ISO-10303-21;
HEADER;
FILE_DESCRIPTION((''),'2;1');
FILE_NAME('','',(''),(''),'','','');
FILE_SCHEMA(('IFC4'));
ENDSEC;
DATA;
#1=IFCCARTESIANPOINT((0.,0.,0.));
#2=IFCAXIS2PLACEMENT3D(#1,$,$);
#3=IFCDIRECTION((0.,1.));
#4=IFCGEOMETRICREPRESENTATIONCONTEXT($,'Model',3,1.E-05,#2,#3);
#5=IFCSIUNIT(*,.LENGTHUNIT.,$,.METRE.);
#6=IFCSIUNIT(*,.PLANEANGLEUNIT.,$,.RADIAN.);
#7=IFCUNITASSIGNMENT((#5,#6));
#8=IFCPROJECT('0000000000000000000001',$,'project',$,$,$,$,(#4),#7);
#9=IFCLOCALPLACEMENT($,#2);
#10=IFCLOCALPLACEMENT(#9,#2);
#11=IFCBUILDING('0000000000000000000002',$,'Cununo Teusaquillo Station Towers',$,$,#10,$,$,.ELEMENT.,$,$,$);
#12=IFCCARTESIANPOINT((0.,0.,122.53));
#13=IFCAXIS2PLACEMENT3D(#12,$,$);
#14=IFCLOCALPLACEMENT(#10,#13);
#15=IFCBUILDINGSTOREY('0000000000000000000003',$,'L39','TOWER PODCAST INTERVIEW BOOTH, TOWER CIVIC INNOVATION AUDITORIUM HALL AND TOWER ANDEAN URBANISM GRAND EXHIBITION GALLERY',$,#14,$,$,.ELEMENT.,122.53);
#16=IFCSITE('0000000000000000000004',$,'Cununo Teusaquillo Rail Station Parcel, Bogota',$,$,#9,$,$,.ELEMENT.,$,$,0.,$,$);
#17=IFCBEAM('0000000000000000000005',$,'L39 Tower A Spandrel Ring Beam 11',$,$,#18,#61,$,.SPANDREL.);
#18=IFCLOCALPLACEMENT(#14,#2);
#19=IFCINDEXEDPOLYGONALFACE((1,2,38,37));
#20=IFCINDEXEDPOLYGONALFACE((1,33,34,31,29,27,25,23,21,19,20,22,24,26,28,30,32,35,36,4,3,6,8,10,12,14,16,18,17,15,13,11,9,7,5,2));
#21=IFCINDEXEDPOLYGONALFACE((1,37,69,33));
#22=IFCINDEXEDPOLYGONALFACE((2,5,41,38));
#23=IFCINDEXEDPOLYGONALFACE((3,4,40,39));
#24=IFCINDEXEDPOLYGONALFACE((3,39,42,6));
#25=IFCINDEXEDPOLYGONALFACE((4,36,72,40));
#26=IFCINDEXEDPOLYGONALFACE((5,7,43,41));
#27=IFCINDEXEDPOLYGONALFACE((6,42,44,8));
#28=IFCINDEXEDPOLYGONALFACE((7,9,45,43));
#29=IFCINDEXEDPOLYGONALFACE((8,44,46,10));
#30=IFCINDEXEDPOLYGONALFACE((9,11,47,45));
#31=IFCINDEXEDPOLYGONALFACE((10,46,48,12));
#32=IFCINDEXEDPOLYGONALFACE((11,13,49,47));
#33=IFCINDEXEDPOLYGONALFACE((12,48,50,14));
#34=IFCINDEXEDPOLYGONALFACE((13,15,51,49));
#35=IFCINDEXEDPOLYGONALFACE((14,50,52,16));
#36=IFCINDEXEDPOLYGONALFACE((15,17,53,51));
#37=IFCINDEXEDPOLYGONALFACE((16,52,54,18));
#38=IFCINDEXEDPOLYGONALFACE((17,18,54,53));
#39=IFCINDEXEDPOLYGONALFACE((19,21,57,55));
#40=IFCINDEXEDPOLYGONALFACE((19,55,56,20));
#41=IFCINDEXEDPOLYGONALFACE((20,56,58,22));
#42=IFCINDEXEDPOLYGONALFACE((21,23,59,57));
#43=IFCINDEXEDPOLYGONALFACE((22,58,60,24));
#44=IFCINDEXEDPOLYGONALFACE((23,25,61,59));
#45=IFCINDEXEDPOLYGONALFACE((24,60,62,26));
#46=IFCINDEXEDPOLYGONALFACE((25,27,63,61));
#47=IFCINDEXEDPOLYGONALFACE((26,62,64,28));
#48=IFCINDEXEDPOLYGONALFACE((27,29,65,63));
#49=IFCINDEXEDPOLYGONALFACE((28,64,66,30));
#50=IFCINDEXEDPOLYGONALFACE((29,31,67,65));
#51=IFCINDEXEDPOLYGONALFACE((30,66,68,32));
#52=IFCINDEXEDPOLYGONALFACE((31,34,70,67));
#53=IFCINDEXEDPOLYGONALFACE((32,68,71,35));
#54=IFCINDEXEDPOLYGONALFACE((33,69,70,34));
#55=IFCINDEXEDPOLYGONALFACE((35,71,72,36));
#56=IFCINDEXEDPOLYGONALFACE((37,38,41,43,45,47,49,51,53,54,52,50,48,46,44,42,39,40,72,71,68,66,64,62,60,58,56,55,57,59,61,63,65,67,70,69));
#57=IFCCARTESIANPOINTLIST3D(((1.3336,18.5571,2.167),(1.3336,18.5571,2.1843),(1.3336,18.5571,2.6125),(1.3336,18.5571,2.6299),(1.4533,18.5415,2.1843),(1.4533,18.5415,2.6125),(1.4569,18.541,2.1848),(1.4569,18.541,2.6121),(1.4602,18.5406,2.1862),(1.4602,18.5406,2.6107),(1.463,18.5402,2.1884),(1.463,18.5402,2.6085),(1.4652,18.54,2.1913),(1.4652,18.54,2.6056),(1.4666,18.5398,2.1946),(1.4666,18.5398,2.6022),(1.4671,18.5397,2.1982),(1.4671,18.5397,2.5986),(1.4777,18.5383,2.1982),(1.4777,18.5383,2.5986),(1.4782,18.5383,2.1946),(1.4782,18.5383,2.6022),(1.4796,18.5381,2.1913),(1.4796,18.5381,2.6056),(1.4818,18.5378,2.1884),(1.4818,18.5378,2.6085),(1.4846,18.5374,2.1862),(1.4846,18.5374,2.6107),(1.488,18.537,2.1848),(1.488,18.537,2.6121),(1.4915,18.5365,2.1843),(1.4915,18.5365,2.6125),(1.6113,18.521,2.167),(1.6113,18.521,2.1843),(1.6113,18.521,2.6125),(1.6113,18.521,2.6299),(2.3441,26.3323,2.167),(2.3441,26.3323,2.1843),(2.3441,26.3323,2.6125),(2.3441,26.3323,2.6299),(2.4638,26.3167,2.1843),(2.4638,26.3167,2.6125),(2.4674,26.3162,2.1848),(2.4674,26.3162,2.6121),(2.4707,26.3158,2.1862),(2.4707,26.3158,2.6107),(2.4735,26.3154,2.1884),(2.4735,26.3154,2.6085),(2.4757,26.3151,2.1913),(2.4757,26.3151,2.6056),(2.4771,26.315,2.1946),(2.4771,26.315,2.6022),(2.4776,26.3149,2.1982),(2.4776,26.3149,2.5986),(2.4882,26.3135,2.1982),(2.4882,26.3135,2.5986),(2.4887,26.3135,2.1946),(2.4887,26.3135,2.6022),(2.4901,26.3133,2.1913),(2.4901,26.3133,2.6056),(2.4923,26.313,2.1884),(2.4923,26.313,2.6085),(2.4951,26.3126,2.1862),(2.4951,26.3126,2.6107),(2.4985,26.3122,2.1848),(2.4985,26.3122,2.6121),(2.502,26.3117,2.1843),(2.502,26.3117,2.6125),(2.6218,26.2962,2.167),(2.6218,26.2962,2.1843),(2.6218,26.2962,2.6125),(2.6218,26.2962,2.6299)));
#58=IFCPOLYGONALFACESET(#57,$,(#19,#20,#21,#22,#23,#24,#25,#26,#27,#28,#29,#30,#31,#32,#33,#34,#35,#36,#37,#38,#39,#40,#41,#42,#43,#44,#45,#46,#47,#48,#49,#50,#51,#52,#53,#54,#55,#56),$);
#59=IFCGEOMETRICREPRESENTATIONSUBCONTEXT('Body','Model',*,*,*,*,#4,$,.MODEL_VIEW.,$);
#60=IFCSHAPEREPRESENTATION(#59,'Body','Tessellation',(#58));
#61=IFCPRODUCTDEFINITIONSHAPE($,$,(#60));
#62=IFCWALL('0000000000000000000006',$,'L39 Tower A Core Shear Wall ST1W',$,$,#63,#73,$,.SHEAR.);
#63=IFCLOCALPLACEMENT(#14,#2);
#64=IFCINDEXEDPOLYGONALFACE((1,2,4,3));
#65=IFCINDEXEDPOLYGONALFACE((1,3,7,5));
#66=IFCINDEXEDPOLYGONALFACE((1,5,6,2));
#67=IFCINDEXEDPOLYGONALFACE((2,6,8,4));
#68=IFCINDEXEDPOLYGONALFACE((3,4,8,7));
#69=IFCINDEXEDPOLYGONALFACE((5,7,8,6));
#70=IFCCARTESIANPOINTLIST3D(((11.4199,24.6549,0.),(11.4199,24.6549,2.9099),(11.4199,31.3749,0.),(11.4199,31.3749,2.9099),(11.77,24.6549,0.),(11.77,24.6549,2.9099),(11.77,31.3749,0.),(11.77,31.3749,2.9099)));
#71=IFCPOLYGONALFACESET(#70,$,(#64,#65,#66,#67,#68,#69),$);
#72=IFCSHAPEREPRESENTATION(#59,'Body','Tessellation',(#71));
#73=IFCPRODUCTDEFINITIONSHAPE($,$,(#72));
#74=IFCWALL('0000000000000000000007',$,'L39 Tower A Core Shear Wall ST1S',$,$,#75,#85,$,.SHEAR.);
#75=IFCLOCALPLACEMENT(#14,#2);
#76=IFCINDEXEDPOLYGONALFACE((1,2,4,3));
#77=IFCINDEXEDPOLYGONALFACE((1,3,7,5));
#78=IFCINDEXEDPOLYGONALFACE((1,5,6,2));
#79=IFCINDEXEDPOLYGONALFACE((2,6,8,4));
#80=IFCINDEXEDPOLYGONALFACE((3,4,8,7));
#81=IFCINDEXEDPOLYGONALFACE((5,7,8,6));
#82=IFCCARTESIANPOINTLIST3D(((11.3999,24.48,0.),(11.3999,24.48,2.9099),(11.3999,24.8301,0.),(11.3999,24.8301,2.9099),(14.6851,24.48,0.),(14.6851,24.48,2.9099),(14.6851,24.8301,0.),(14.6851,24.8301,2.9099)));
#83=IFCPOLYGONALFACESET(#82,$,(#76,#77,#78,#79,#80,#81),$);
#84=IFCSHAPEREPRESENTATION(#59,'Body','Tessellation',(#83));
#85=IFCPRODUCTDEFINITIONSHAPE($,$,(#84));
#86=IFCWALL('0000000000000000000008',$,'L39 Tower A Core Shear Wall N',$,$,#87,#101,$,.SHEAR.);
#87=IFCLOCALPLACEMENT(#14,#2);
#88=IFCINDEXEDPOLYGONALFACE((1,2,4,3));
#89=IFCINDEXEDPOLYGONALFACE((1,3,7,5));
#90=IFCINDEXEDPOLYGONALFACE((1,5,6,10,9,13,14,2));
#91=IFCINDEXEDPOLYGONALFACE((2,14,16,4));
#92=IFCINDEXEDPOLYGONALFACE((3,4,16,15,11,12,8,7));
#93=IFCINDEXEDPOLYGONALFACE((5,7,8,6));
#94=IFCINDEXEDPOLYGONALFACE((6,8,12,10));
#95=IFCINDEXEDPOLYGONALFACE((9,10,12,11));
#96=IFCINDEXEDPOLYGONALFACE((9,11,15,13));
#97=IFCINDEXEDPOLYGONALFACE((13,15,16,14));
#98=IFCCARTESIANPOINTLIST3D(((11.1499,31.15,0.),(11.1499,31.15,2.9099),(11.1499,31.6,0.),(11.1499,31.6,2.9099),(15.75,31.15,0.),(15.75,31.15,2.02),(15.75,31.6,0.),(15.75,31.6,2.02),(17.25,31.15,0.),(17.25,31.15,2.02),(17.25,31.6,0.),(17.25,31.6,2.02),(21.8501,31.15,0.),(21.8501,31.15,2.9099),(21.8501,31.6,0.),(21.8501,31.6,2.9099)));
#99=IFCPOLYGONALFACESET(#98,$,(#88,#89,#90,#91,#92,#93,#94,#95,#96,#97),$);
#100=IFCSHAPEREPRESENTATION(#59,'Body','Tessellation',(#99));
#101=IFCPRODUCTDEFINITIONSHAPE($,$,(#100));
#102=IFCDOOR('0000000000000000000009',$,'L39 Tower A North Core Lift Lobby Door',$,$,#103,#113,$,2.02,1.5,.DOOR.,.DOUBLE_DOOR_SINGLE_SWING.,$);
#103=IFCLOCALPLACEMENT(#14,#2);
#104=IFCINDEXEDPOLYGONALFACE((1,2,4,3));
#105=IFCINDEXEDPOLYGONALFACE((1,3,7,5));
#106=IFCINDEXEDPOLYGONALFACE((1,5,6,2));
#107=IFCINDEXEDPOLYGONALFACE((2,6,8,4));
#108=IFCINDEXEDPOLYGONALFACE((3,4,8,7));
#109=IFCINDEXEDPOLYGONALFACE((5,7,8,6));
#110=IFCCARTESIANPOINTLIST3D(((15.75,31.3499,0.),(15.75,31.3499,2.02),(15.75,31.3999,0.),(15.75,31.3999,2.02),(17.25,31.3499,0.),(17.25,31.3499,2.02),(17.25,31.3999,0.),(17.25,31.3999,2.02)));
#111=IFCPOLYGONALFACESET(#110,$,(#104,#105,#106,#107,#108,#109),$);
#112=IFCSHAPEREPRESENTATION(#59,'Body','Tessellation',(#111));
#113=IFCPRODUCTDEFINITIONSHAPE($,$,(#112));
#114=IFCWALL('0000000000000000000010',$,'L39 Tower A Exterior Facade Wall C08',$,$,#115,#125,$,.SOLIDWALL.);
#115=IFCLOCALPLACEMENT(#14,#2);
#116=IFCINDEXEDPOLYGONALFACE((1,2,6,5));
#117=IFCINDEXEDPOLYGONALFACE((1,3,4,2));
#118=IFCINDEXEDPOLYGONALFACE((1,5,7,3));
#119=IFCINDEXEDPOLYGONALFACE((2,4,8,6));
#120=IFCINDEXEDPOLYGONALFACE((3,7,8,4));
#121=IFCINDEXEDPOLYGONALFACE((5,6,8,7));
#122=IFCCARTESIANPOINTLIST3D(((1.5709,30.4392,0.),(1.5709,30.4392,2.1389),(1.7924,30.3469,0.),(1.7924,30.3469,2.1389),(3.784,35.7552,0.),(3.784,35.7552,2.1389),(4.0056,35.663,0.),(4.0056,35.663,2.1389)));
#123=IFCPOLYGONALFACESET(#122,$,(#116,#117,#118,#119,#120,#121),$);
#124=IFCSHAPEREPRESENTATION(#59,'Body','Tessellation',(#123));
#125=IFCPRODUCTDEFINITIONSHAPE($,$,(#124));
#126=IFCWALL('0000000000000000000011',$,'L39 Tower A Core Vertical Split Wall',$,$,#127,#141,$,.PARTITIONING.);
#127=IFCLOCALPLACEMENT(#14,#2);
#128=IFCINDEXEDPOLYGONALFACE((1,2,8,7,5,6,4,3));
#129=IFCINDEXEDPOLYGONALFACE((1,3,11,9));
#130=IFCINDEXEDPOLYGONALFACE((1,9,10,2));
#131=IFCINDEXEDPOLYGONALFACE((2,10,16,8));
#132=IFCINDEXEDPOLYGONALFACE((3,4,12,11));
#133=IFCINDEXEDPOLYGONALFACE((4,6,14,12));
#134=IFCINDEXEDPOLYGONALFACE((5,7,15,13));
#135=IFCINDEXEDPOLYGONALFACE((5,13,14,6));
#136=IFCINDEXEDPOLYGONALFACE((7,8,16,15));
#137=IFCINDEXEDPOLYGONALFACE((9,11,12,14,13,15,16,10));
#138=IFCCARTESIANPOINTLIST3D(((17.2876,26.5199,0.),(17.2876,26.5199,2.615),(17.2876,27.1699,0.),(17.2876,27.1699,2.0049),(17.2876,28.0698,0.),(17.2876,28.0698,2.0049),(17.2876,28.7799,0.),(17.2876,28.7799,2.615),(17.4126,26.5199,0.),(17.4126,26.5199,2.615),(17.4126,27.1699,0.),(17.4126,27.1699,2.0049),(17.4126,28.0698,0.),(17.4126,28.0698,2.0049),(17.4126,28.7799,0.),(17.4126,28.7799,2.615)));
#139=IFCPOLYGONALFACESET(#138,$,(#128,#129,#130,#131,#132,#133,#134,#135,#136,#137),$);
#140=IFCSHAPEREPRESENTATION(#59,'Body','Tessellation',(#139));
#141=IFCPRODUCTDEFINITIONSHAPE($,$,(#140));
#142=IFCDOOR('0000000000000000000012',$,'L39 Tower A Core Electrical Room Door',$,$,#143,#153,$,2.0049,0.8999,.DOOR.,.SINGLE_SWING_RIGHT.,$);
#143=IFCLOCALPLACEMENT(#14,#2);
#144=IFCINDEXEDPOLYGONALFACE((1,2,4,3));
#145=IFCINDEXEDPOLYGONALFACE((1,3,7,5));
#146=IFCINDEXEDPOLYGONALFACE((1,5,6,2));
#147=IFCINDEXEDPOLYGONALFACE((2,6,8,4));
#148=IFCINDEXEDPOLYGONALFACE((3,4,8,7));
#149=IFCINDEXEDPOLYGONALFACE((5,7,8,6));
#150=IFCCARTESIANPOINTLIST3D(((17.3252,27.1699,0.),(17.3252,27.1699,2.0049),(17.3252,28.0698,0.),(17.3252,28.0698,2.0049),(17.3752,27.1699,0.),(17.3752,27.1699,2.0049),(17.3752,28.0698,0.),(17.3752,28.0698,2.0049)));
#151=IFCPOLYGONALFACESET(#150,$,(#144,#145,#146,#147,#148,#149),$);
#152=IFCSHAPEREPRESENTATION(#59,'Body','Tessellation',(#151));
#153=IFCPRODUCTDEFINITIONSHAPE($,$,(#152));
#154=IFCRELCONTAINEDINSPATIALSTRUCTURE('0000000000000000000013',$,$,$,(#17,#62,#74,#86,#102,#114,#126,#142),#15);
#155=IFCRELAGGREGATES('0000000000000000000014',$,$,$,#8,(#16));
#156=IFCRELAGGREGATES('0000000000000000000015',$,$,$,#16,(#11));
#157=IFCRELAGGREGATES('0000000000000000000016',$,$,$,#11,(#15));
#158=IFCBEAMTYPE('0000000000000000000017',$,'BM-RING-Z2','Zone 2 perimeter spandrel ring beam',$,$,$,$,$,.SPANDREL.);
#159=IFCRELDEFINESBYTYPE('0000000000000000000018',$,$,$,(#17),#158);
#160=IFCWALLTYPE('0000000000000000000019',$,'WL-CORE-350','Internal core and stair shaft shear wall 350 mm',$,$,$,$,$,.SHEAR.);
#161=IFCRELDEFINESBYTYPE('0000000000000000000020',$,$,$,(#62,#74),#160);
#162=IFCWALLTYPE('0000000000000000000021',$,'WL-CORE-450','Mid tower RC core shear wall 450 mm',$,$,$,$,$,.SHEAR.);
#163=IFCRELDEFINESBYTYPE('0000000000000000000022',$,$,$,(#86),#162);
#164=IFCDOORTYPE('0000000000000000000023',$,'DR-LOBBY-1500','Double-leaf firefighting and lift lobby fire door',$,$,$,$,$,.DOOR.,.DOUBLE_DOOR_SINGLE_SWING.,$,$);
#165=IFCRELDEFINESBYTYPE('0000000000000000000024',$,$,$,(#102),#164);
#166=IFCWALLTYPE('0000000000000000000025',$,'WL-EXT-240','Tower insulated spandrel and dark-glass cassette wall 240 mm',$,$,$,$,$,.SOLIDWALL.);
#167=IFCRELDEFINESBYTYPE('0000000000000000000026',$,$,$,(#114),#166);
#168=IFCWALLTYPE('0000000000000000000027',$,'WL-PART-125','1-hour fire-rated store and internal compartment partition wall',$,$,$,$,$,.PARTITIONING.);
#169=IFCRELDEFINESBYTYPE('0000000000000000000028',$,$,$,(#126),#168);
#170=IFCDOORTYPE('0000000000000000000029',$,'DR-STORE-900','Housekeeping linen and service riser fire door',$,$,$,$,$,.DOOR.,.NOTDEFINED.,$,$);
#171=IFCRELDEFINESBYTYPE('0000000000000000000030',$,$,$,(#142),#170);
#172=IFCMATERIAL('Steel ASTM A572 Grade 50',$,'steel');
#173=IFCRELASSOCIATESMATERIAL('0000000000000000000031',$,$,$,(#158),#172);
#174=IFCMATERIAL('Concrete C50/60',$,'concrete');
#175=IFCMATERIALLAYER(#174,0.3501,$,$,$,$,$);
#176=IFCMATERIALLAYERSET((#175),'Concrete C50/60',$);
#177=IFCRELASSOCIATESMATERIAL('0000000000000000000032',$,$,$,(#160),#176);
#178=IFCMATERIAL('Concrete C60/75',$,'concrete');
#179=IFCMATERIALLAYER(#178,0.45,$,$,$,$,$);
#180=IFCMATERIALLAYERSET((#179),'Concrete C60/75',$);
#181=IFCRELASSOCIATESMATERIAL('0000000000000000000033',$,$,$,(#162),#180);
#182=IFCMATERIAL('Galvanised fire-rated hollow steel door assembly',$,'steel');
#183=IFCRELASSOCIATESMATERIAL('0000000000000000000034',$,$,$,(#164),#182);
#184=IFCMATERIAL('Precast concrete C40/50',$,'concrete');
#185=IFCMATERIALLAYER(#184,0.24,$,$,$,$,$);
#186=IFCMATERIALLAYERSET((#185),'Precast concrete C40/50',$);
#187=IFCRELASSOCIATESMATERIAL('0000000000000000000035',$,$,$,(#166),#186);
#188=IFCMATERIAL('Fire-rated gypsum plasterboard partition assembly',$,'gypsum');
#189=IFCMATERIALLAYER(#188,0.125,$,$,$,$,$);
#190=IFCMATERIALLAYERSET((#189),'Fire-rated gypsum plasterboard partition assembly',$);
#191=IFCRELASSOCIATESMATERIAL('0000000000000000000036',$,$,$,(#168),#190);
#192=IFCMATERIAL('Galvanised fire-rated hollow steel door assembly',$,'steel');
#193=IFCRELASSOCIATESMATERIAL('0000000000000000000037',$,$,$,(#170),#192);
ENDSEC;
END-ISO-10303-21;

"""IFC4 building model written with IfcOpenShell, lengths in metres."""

from ifc_helpers import new_model, si_unit, direction, frame, frame_2d, origin, origin_2d, place, context, subcontext, project, spatial, rectangle, i_section, extrude, source, transform, mapped, material, layer, layer_set, material_profile, profile_set, type_object, element, fill, save


model = new_model("IFC4")

# Units and contexts
model_context = context("Model", 3, precision=1e-05, world=origin(), true_north=direction((0.0, 1.0)))
body_context = subcontext(model_context, "Body", "Model", "MODEL_VIEW")
ifc_project = project(units=[si_unit("LENGTHUNIT", "METRE"), si_unit("PLANEANGLEUNIT", "RADIAN")], contexts=[model_context])

# Site, building, storey
site_placement = place(None, origin())
site = spatial("IfcSite", under=ifc_project, at=site_placement, Name="Cununo Teusaquillo Rail Station Parcel, Bogota", CompositionType="ELEMENT", RefElevation=0.0)
building_placement = place(site_placement, origin())
building = spatial("IfcBuilding", under=site, at=building_placement, Name="Cununo Teusaquillo Station Towers", CompositionType="ELEMENT")
storey_placement = place(building_placement, frame((0.0, 0.0, 122.53)))
storey = spatial("IfcBuildingStorey", under=building, at=storey_placement, Name="L39", Description="TOWER PODCAST INTERVIEW BOOTH, TOWER CIVIC INNOVATION AUDITORIUM HALL AND TOWER ANDEAN URBANISM GRAND EXHIBITION GALLERY", CompositionType="ELEMENT", Elevation=122.53)

# Beam
ifc_material_1 = material(Name="Steel ASTM A572 Grade 50", Category="steel")
ifc_material_profile_1 = material_profile(ifc_material_1, i_section(OverallWidth=0.28, OverallDepth=0.4629, WebThickness=0.0107, FlangeThickness=0.0173, FilletRadius=0.0139, at=origin_2d()), Name="W18X76")
ifc_profile_set_1 = profile_set([ifc_material_profile_1], Name="Steel ASTM A572 Grade 50")
beam_type_1 = type_object("IfcBeamType", Name="BM-RING-Z2", Description="Zone 2 perimeter spandrel ring beam", PredefinedType="SPANDREL", material=ifc_profile_set_1)
beam_1_placement = place(storey_placement, frame((2.4829, 26.3142, 2.3984), z_axis=(-0.128881, -0.99166, 0.0), x_axis=(0.99166, -0.128881, 0.0)))
element("IfcBeam", 1, at=beam_1_placement, inside=storey, type_object=beam_type_1, Name="L39 Tower A Spandrel Ring Beam 11", PredefinedType="SPANDREL", context=body_context, shape_type="SweptSolid", body=[
    extrude(i_section(OverallWidth=0.28, OverallDepth=0.4629, WebThickness=0.0107, FlangeThickness=0.0173, FilletRadius=0.0139, at=origin_2d()), origin(), (0.0, 0.0, 1.0), 7.8406),
])

# Walls
ifc_material_2 = material(Name="Concrete C50/60", Category="concrete")
ifc_layer_1 = layer(ifc_material_2, 0.3501)
ifc_layer_set_1 = layer_set([ifc_layer_1], Name="Concrete C50/60")
wall_type_1 = type_object("IfcWallType", Name="WL-CORE-350", Description="Internal core and stair shaft shear wall 350 mm", PredefinedType="SHEAR", material=ifc_layer_set_1)
wall_1_placement = place(storey_placement, frame((11.595, 24.655, 0.0), z_axis=(0.0, 0.0, 1.0), x_axis=(0.0, 1.0, 0.0)))
element("IfcWall", 2, at=wall_1_placement, inside=storey, type_object=wall_type_1, Name="L39 Tower A Core Shear Wall ST1W", PredefinedType="SHEAR", context=body_context, shape_type="SweptSolid", body=[
    extrude(rectangle(XDim=6.72, YDim=0.3501, at=frame_2d((3.3599, 0.0))), origin(), (0.0, 0.0, 1.0), 2.9099),
])
wall_2_placement = place(storey_placement, frame((11.3999, 24.655, 0.0), z_axis=(0.0, 0.0, 1.0), x_axis=(1.0, 0.0, 0.0)))
element("IfcWall", 3, at=wall_2_placement, inside=storey, type_object=wall_type_1, Name="L39 Tower A Core Shear Wall ST1S", PredefinedType="SHEAR", context=body_context, shape_type="SweptSolid", body=[
    extrude(rectangle(XDim=3.2852, YDim=0.3501, at=frame_2d((1.6426, 0.0))), origin(), (0.0, 0.0, 1.0), 2.9099),
])

# Wall, opening, door
ifc_material_3 = material(Name="Concrete C60/75", Category="concrete")
ifc_layer_2 = layer(ifc_material_3, 0.45)
ifc_layer_set_2 = layer_set([ifc_layer_2], Name="Concrete C60/75")
wall_type_2 = type_object("IfcWallType", Name="WL-CORE-450", Description="Mid tower RC core shear wall 450 mm", PredefinedType="SHEAR", material=ifc_layer_set_2)
wall_3_placement = place(storey_placement, frame((11.1499, 31.375, 0.0), z_axis=(0.0, 0.0, 1.0), x_axis=(1.0, 0.0, 0.0)))
wall_3 = element("IfcWall", 4, at=wall_3_placement, inside=storey, type_object=wall_type_2, Name="L39 Tower A Core Shear Wall N", PredefinedType="SHEAR", context=body_context, shape_type="SweptSolid", body=[
    extrude(rectangle(XDim=10.7002, YDim=0.45, at=frame_2d((5.3501, 0.0))), origin(), (0.0, 0.0, 1.0), 2.9099),
])
shared_shape_1 = source(origin(), body_context, "Body", "SweptSolid", [
    extrude(rectangle(XDim=1.5, YDim=2.02, at=frame_2d((0.75, 1.01))), frame((0.0, 0.2349, 0.0), z_axis=(0.0, -1.0, 0.0), x_axis=(1.0, 0.0, 0.0)), (0.0, 0.0, 1.0), 0.47),
])
opening_1_placement = place(wall_3_placement, frame((4.6001, 0.0, 0.0)))
opening_1 = element("IfcOpeningElement", 5, at=opening_1_placement, cuts=wall_3, PredefinedType="OPENING", context=body_context, shape_type="MappedRepresentation", body=[
    mapped(shared_shape_1, transform((0.0, 0.0, 0.0), x_axis=(1.0, 0.0, 0.0), y_axis=(0.0, 1.0, 0.0), z_axis=(0.0, 0.0, 1.0), scale=1.0)),
])
ifc_material_4 = material(Name="Galvanised fire-rated hollow steel door assembly", Category="steel")
door_type_1 = type_object("IfcDoorType", Name="DR-LOBBY-1500", Description="Double-leaf firefighting and lift lobby fire door", OperationType="DOUBLE_DOOR_SINGLE_SWING", PredefinedType="DOOR", material=ifc_material_4)
shared_shape_2 = source(origin(), body_context, "Body", "SweptSolid", [
    extrude(rectangle(XDim=1.5, YDim=2.02, at=frame_2d((0.75, 1.01))), frame((0.0, 0.0249, 0.0), z_axis=(0.0, -1.0, 0.0), x_axis=(1.0, 0.0, 0.0)), (0.0, 0.0, 1.0), 0.05),
])
door_1_placement = place(opening_1_placement, origin())
door_1 = element("IfcDoor", 6, at=door_1_placement, inside=storey, type_object=door_type_1, Name="L39 Tower A North Core Lift Lobby Door", OperationType="DOUBLE_DOOR_SINGLE_SWING", OverallHeight=2.02, OverallWidth=1.5, PredefinedType="DOOR", context=body_context, shape_type="MappedRepresentation", body=[
    mapped(shared_shape_2, transform((0.0, 0.0, 0.0), x_axis=(1.0, 0.0, 0.0), y_axis=(0.0, 1.0, 0.0), z_axis=(0.0, 0.0, 1.0), scale=1.0)),
])
fill(opening_1, door_1)

# Wall
ifc_material_5 = material(Name="Precast concrete C40/50", Category="concrete")
ifc_layer_3 = layer(ifc_material_5, 0.24)
ifc_layer_set_3 = layer_set([ifc_layer_3], Name="Precast concrete C40/50")
wall_type_3 = type_object("IfcWallType", Name="WL-EXT-240", Description="Tower insulated spandrel and dark-glass cassette wall 240 mm", PredefinedType="SOLIDWALL", material=ifc_layer_set_3)
wall_4_placement = place(storey_placement, frame((1.6816, 30.3931, 0.0), z_axis=(0.0, 0.0, 1.0), x_axis=(0.384344, 0.92319, 0.0)))
element("IfcWall", 7, at=wall_4_placement, inside=storey, type_object=wall_type_3, Name="L39 Tower A Exterior Facade Wall C08", PredefinedType="SOLIDWALL", context=body_context, shape_type="SweptSolid", body=[
    extrude(rectangle(XDim=5.7583, YDim=0.24, at=frame_2d((2.8792, 0.0))), origin(), (0.0, 0.0, 1.0), 2.1389),
])

# Wall, opening, door
ifc_material_6 = material(Name="Fire-rated gypsum plasterboard partition assembly", Category="gypsum")
ifc_layer_4 = layer(ifc_material_6, 0.125)
ifc_layer_set_4 = layer_set([ifc_layer_4], Name="Fire-rated gypsum plasterboard partition assembly")
wall_type_4 = type_object("IfcWallType", Name="WL-PART-125", Description="1-hour fire-rated store and internal compartment partition wall", PredefinedType="PARTITIONING", material=ifc_layer_set_4)
wall_5_placement = place(storey_placement, frame((17.3501, 26.52, 0.0), z_axis=(0.0, 0.0, 1.0), x_axis=(0.0, 1.0, 0.0)))
wall_5 = element("IfcWall", 8, at=wall_5_placement, inside=storey, type_object=wall_type_4, Name="L39 Tower A Core Vertical Split Wall", PredefinedType="PARTITIONING", context=body_context, shape_type="SweptSolid", body=[
    extrude(rectangle(XDim=2.26, YDim=0.125, at=frame_2d((1.1299, 0.0))), origin(), (0.0, 0.0, 1.0), 2.615),
])
shared_shape_3 = source(origin(), body_context, "Body", "SweptSolid", [
    extrude(rectangle(XDim=0.8999, YDim=2.0049, at=frame_2d((0.45, 1.0024))), frame((0.0, 0.0725, 0.0), z_axis=(0.0, -1.0, 0.0), x_axis=(1.0, 0.0, 0.0)), (0.0, 0.0, 1.0), 0.145),
])
opening_2_placement = place(wall_5_placement, frame((0.6499, 0.0, 0.0)))
opening_2 = element("IfcOpeningElement", 9, at=opening_2_placement, cuts=wall_5, PredefinedType="OPENING", context=body_context, shape_type="MappedRepresentation", body=[
    mapped(shared_shape_3, transform((0.0, 0.0, 0.0), x_axis=(1.0, 0.0, 0.0), y_axis=(0.0, 1.0, 0.0), z_axis=(0.0, 0.0, 1.0), scale=1.0)),
])
ifc_material_7 = material(Name="Galvanised fire-rated hollow steel door assembly", Category="steel")
door_type_2 = type_object("IfcDoorType", Name="DR-STORE-900", Description="Housekeeping linen and service riser fire door", OperationType="NOTDEFINED", PredefinedType="DOOR", material=ifc_material_7)
shared_shape_4 = source(origin(), body_context, "Body", "SweptSolid", [
    extrude(rectangle(XDim=0.8999, YDim=2.0049, at=frame_2d((0.45, 1.0024))), frame((0.0, 0.0249, 0.0), z_axis=(0.0, -1.0, 0.0), x_axis=(1.0, 0.0, 0.0)), (0.0, 0.0, 1.0), 0.05),
])
door_2_placement = place(opening_2_placement, origin())
door_2 = element("IfcDoor", 10, at=door_2_placement, inside=storey, type_object=door_type_2, Name="L39 Tower A Core Electrical Room Door", OperationType="SINGLE_SWING_RIGHT", OverallHeight=2.0049, OverallWidth=0.8999, PredefinedType="DOOR", context=body_context, shape_type="MappedRepresentation", body=[
    mapped(shared_shape_4, transform((0.0, 0.0, 0.0), x_axis=(1.0, 0.0, 0.0), y_axis=(0.0, 1.0, 0.0), z_axis=(0.0, 0.0, 1.0), scale=1.0)),
])
fill(opening_2, door_2)

save(model, "model.ifc")
